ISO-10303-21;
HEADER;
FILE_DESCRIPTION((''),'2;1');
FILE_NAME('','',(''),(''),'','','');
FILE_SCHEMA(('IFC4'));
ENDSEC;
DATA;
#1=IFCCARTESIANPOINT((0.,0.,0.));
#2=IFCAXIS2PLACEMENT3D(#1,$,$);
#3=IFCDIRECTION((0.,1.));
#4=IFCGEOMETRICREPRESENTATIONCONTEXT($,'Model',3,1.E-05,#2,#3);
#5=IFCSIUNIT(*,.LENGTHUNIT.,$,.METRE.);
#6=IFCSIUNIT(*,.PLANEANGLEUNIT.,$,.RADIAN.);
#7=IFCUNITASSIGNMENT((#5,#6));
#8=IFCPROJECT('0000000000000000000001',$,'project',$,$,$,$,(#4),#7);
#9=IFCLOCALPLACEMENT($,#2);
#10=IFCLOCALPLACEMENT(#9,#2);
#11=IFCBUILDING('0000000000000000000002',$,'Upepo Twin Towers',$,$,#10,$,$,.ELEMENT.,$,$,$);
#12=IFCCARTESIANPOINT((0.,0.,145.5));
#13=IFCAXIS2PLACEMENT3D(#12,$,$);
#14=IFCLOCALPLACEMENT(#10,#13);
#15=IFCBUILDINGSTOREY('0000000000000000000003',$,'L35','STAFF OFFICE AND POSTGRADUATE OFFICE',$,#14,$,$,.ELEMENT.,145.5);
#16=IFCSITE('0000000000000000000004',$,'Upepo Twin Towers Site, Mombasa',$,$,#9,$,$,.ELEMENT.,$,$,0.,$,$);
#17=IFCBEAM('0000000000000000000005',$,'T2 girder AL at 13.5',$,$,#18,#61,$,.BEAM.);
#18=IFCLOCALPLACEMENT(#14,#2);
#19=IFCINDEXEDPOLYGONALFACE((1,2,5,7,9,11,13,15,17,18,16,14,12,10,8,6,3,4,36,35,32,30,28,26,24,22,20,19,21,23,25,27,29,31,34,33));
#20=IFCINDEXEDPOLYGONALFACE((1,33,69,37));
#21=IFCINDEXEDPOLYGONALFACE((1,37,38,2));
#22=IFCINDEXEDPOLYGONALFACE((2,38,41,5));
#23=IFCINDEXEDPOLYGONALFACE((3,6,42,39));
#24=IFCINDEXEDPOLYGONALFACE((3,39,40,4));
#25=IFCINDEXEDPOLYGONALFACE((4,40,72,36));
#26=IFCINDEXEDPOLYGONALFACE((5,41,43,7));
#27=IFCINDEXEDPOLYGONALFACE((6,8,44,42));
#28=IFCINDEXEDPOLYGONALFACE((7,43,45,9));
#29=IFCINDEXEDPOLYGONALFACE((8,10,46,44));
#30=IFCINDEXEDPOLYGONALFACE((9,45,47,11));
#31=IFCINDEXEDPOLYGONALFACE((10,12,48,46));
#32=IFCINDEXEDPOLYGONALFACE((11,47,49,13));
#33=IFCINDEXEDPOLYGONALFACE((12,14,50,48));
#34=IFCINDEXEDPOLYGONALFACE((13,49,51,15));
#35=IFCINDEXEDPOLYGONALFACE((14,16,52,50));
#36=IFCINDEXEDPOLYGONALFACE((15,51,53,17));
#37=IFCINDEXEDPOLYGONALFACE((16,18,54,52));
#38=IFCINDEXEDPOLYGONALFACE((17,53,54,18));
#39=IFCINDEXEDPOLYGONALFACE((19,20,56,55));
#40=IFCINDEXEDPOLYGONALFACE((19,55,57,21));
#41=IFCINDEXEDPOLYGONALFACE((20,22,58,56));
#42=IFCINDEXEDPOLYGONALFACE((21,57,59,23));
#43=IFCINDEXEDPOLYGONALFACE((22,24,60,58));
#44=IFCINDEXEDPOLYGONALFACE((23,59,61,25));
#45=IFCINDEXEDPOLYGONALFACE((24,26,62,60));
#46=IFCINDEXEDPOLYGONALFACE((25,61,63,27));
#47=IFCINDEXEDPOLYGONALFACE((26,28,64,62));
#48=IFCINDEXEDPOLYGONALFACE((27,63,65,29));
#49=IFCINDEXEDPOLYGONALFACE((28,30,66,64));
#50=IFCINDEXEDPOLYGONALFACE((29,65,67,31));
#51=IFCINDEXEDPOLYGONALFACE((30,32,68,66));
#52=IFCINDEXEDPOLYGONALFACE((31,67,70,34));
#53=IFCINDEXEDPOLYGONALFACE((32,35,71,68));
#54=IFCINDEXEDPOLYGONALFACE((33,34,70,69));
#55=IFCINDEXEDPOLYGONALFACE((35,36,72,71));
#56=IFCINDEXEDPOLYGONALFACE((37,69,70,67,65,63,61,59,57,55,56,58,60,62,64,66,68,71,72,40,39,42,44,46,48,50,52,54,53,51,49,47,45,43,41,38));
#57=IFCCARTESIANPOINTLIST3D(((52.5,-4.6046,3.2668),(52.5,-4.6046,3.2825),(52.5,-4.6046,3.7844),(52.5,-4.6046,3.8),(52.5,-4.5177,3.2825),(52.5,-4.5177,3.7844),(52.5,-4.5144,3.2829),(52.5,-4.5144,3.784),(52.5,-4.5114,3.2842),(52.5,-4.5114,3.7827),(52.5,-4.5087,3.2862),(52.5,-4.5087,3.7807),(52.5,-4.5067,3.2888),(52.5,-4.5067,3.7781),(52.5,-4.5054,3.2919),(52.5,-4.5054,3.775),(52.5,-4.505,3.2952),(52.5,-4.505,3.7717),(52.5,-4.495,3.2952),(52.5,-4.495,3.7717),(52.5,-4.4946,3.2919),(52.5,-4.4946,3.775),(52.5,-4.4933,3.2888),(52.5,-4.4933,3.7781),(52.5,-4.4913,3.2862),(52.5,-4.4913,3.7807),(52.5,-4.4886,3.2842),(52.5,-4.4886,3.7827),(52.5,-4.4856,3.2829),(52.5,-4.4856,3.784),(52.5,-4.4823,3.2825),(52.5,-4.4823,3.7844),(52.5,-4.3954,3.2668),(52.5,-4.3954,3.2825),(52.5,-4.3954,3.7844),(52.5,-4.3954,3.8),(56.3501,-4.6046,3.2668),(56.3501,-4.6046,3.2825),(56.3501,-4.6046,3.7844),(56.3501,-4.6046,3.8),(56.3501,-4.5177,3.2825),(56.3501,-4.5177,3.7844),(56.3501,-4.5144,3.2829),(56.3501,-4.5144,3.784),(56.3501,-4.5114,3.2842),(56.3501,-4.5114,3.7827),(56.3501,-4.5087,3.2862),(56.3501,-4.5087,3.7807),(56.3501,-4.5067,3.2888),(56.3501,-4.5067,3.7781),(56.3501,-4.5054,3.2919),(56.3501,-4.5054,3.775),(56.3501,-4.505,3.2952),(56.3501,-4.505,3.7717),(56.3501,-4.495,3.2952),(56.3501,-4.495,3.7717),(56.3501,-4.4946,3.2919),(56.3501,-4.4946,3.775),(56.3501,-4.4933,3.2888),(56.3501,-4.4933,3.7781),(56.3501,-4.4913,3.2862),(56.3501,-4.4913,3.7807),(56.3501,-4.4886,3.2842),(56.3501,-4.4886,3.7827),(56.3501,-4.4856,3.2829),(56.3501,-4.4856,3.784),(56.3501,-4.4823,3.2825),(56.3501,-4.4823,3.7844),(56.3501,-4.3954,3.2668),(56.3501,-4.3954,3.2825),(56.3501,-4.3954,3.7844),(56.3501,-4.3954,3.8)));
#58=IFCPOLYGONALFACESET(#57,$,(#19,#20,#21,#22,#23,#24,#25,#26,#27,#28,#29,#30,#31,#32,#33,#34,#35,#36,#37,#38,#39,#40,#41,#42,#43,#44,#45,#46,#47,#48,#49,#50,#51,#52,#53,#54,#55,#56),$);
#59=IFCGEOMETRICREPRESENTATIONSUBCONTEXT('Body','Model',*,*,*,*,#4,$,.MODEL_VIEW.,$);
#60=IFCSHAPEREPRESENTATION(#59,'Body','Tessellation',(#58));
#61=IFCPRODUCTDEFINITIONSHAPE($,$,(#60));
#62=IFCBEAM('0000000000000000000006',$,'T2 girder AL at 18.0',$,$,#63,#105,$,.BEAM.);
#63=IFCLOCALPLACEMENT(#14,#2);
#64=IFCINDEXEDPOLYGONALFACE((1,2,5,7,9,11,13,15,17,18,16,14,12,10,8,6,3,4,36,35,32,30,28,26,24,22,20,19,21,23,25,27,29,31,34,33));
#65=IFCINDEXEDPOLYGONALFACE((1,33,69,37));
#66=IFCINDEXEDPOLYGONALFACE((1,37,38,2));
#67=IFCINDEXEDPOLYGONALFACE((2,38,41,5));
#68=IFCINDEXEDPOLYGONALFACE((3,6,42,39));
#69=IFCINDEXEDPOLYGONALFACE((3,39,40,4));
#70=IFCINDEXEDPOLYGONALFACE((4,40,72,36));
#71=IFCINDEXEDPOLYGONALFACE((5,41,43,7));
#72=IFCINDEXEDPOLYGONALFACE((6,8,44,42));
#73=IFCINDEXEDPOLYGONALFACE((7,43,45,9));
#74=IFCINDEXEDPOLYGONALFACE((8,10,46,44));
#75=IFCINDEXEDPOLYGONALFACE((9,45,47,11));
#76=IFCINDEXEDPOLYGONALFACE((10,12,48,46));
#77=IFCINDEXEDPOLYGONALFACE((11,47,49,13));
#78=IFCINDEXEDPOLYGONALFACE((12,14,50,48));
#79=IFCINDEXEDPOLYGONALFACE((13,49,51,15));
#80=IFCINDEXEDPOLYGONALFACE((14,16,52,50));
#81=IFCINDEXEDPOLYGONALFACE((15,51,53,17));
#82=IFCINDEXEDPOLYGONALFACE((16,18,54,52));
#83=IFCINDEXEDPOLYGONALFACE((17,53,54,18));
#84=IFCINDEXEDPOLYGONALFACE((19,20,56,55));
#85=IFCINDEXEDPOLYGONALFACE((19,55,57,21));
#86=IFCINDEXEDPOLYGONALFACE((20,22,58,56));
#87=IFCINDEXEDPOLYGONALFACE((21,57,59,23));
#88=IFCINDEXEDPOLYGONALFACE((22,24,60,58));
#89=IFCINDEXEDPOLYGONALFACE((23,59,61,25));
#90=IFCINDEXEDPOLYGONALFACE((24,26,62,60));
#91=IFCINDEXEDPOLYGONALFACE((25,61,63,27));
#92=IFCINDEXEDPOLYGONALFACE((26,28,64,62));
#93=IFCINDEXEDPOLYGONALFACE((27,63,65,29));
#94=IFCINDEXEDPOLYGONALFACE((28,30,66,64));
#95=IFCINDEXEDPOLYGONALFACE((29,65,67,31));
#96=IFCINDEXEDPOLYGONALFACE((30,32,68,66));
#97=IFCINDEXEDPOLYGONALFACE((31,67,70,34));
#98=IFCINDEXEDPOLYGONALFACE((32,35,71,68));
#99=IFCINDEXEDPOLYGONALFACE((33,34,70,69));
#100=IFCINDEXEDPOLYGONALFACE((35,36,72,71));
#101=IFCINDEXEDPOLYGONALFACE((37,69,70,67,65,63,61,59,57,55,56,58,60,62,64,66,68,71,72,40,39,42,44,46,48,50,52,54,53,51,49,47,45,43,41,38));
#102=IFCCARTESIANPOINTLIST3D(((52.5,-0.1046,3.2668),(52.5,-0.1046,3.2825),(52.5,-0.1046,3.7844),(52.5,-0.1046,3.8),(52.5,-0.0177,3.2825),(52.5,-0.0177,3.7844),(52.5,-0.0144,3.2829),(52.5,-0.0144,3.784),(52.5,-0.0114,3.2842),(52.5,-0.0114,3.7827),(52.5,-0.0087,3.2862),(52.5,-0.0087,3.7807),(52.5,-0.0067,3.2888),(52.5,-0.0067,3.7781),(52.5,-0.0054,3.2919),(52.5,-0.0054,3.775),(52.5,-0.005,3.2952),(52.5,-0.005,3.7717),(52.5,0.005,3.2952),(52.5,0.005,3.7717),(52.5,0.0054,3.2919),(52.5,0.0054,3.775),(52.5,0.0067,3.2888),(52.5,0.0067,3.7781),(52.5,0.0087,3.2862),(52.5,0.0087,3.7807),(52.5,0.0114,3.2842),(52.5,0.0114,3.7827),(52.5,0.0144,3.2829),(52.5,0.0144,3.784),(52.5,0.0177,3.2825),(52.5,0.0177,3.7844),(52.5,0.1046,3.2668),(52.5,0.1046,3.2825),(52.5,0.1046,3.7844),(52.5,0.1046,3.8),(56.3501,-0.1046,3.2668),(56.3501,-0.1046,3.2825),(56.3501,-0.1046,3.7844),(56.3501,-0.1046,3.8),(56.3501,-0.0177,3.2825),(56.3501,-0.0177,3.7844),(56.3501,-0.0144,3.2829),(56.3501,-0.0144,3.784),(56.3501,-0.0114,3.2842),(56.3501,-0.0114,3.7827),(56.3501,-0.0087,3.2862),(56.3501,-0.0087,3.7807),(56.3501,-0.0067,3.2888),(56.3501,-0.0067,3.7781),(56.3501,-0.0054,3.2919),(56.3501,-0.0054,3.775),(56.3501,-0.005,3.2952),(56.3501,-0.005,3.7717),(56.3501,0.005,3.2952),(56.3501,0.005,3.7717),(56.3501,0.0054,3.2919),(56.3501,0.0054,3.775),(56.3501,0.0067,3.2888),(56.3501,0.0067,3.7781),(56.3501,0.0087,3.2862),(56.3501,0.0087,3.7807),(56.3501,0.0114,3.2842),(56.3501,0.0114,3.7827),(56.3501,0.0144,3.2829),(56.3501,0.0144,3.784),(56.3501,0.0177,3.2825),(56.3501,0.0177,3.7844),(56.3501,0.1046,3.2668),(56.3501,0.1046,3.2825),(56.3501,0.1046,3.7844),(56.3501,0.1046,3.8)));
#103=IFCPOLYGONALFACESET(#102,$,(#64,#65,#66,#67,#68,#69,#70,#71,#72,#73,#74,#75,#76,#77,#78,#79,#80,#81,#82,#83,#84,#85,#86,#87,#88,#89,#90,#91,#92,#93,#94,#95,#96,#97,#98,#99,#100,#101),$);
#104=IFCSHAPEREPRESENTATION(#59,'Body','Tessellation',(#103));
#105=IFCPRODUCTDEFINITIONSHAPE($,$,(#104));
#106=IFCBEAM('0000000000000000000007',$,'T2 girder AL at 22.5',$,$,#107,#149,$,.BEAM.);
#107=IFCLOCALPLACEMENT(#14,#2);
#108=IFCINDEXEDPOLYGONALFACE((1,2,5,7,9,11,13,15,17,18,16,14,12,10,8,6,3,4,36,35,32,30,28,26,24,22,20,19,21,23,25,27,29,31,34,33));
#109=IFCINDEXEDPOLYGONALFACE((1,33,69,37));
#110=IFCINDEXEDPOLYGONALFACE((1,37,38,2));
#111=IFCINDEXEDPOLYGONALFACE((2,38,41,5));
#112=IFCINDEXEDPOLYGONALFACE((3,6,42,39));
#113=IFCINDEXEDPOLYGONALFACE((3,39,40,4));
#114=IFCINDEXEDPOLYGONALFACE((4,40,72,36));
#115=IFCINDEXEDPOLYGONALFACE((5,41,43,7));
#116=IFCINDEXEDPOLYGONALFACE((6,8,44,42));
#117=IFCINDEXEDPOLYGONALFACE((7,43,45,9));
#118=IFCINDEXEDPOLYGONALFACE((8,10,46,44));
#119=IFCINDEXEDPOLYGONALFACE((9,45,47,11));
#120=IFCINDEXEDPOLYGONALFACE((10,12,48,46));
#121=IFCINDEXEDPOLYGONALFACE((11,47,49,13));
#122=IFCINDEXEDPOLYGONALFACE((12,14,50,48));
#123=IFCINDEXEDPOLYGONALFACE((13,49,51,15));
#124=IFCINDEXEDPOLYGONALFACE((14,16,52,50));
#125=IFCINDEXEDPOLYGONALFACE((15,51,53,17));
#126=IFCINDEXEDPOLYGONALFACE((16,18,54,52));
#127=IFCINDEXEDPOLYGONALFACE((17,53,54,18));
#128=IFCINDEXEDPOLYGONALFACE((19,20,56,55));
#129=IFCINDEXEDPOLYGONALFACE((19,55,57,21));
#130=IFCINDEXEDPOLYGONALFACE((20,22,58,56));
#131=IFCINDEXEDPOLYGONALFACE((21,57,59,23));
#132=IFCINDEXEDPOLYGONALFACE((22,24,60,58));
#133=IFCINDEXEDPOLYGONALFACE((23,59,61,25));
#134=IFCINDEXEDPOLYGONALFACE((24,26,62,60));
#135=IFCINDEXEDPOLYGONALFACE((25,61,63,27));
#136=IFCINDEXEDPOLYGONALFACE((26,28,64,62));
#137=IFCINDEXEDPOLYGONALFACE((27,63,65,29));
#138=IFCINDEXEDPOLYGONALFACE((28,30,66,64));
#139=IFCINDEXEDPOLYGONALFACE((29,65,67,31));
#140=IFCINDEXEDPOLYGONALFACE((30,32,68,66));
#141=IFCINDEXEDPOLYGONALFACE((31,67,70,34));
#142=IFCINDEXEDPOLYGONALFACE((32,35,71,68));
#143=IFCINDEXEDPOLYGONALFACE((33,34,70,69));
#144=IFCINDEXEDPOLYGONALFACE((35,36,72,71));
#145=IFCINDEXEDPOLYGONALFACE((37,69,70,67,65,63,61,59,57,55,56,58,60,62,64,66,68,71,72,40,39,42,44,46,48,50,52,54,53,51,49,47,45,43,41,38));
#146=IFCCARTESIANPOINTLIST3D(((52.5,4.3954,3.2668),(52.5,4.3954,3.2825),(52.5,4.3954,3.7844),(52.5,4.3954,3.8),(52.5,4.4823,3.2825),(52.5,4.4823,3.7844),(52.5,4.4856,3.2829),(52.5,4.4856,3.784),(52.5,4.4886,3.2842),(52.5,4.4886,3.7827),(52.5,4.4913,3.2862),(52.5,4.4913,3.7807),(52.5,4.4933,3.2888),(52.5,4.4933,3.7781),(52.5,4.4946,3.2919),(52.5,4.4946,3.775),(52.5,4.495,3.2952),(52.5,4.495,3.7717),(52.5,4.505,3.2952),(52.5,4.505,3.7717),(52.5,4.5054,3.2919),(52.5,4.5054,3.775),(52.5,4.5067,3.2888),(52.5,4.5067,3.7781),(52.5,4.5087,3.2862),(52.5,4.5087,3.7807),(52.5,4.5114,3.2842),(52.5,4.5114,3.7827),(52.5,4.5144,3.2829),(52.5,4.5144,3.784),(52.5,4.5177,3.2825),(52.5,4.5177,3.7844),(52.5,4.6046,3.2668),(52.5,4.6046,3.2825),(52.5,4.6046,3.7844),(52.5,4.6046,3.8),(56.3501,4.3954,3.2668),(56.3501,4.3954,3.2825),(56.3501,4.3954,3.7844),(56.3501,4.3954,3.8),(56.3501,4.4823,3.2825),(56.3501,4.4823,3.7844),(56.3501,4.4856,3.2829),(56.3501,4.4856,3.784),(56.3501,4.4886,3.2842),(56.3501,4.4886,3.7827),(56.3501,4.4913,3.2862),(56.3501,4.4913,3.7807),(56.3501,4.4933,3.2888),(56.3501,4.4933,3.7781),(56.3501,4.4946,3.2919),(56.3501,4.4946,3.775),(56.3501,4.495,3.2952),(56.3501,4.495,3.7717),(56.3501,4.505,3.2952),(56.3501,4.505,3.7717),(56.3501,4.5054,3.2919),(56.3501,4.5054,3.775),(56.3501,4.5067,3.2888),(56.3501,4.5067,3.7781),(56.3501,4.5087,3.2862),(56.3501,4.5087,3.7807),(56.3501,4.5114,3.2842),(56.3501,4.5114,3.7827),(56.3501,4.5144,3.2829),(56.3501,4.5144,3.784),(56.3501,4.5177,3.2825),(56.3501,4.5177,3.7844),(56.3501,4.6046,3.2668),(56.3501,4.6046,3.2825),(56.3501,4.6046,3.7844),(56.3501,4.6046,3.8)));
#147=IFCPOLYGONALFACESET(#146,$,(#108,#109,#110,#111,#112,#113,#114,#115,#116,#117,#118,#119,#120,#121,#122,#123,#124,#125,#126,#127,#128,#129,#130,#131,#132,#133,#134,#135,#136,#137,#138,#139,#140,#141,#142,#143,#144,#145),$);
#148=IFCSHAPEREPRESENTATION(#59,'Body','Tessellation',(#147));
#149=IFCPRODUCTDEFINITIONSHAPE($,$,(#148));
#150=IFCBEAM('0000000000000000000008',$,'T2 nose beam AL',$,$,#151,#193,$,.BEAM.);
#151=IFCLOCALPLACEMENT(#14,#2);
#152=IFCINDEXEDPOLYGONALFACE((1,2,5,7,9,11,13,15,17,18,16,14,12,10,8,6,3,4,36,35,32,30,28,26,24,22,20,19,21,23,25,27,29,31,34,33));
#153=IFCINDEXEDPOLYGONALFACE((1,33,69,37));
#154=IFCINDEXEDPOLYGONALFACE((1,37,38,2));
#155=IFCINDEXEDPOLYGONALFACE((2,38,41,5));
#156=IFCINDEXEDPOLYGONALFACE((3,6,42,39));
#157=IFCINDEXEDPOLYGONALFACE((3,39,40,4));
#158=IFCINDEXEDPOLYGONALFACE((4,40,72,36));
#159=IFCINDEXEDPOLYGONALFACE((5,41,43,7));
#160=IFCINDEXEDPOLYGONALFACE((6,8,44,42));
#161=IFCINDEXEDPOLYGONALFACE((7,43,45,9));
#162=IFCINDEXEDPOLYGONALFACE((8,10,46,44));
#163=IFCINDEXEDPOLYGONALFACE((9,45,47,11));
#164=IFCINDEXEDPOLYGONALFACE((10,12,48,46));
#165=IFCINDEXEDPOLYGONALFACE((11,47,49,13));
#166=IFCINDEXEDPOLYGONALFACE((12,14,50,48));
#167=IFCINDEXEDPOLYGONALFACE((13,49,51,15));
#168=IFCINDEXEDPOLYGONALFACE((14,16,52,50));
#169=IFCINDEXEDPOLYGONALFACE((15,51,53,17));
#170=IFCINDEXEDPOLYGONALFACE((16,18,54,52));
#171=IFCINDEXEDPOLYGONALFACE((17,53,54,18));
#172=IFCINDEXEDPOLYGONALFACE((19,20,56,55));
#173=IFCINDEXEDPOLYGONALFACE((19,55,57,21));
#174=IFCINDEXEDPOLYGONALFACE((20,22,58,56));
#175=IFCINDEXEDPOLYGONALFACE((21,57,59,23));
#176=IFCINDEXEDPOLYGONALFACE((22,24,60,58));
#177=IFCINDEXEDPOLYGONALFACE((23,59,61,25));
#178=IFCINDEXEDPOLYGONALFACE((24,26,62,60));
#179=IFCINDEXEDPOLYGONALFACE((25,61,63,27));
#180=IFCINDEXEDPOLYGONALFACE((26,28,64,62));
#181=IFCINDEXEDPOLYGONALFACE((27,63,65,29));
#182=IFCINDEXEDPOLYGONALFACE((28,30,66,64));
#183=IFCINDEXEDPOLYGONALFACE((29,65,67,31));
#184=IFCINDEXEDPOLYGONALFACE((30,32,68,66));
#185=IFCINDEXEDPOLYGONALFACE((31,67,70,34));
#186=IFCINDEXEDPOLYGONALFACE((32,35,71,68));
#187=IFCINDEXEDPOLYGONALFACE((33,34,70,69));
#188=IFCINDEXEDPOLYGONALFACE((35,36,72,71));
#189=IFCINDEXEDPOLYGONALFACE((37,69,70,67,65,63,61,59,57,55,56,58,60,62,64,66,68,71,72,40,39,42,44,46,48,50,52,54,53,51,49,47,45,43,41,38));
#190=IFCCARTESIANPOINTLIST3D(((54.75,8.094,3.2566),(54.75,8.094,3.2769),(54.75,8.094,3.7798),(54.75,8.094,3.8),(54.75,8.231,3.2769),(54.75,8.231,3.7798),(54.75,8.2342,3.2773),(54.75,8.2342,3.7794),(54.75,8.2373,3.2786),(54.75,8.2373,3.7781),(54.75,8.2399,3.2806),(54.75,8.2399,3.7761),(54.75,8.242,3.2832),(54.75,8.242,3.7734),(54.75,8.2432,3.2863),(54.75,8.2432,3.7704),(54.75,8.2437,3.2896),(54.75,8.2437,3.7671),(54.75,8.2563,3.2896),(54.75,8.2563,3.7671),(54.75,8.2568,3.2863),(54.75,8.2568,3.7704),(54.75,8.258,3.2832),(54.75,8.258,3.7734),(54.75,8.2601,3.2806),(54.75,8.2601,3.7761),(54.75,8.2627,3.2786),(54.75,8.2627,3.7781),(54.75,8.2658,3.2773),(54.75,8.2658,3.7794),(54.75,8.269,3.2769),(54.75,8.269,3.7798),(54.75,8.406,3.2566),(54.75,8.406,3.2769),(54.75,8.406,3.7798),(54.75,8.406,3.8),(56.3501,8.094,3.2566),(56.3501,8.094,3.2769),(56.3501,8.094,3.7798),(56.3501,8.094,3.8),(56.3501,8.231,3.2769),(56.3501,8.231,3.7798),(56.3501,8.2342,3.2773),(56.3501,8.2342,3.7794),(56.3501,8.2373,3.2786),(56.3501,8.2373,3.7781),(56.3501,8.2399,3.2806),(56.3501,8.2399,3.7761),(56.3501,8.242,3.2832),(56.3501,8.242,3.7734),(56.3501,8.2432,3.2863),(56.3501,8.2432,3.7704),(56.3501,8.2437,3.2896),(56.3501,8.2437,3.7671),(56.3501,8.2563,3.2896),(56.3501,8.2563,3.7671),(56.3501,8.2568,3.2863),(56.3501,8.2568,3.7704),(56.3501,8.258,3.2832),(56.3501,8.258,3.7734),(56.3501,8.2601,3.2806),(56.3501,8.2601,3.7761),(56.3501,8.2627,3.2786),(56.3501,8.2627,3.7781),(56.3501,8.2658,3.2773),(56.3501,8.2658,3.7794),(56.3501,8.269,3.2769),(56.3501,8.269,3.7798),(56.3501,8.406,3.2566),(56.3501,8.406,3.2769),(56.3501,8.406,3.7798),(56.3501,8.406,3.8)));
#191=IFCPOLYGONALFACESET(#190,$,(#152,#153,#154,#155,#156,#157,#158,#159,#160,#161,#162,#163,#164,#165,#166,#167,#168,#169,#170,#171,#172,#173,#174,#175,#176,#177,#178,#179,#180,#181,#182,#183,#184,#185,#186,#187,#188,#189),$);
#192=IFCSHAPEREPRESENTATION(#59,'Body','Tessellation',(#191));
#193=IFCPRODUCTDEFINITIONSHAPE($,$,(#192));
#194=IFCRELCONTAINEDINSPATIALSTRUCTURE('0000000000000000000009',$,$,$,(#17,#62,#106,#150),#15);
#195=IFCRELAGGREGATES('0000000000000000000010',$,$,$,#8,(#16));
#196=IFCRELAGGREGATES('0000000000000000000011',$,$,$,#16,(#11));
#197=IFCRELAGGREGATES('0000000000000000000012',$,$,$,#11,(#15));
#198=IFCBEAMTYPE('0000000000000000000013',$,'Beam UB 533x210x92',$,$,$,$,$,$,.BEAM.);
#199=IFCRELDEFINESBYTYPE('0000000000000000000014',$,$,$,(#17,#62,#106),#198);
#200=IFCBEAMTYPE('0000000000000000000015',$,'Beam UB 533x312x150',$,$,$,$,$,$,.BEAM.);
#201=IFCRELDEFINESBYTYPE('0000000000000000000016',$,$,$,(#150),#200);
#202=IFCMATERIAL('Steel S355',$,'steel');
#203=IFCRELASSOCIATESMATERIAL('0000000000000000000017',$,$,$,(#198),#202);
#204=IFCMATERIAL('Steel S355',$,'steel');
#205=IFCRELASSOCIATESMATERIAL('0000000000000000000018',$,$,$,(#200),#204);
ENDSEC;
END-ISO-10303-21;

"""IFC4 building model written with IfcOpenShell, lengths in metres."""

from ifc_helpers import new_model, si_unit, direction, frame, origin, origin_2d, place, context, subcontext, project, spatial, i_section, extrude, material, material_profile, profile_set, type_object, element, save


model = new_model("IFC4")

# Units and contexts
model_context = context("Model", 3, precision=1e-05, world=origin(), true_north=direction((0.0, 1.0)))
body_context = subcontext(model_context, "Body", "Model", "MODEL_VIEW")
ifc_project = project(units=[si_unit("LENGTHUNIT", "METRE"), si_unit("PLANEANGLEUNIT", "RADIAN")], contexts=[model_context])

# Site, building, storey
site_placement = place(None, origin())
site = spatial("IfcSite", under=ifc_project, at=site_placement, Name="Upepo Twin Towers Site, Mombasa", CompositionType="ELEMENT", RefElevation=0.0)
building_placement = place(site_placement, origin())
building = spatial("IfcBuilding", under=site, at=building_placement, Name="Upepo Twin Towers", CompositionType="ELEMENT")
storey_placement = place(building_placement, frame((0.0, 0.0, 145.5)))
storey = spatial("IfcBuildingStorey", under=building, at=storey_placement, Name="L35", Description="STAFF OFFICE AND POSTGRADUATE OFFICE", CompositionType="ELEMENT", Elevation=145.5)

# Beams
ifc_material_1 = material(Name="Steel S355", Category="steel")
ifc_material_profile_1 = material_profile(ifc_material_1, i_section(OverallWidth=0.2092, OverallDepth=0.5332, WebThickness=0.01, FlangeThickness=0.0156, FilletRadius=0.0127, at=origin_2d()), Name="UB 533x210x92")
ifc_profile_set_1 = profile_set([ifc_material_profile_1], Name="Steel S355")
beam_type_1 = type_object("IfcBeamType", Name="Beam UB 533x210x92", PredefinedType="BEAM", material=ifc_profile_set_1)
for number, where, z_axis, x_axis, name in (
    (1, (52.5, -4.5, 3.5334), (1.0, 0.0, 0.0), (0.0, 1.0, 0.0), "T2 girder AL at 13.5"),
    (2, (52.5, 0.0, 3.5334), (1.0, 0.0, 0.0), (0.0, 1.0, 0.0), "T2 girder AL at 18.0"),
    (3, (52.5, 4.5, 3.5334), (1.0, 0.0, 0.0), (0.0, 1.0, 0.0), "T2 girder AL at 22.5"),
):
    element("IfcBeam", number, at=place(storey_placement, frame(where, z_axis=z_axis, x_axis=x_axis)), inside=storey, type_object=beam_type_1, Name=name, PredefinedType="BEAM", context=body_context, shape_type="SweptSolid", body=[
        extrude(i_section(OverallWidth=0.2092, OverallDepth=0.5332, WebThickness=0.01, FlangeThickness=0.0156, FilletRadius=0.0127, at=origin_2d()), origin(), (0.0, 0.0, 1.0), 3.8501),
    ])
ifc_material_2 = material(Name="Steel S355", Category="steel")
ifc_material_profile_2 = material_profile(ifc_material_2, i_section(OverallWidth=0.312, OverallDepth=0.5435, WebThickness=0.0127, FlangeThickness=0.0203, FilletRadius=0.0127, at=origin_2d()), Name="UB 533x312x150")
ifc_profile_set_2 = profile_set([ifc_material_profile_2], Name="Steel S355")
beam_type_2 = type_object("IfcBeamType", Name="Beam UB 533x312x150", PredefinedType="BEAM", material=ifc_profile_set_2)
beam_1_placement = place(storey_placement, frame((54.75, 8.25, 3.5283), z_axis=(1.0, 0.0, 0.0), x_axis=(0.0, 1.0, 0.0)))
element("IfcBeam", 4, at=beam_1_placement, inside=storey, type_object=beam_type_2, Name="T2 nose beam AL", PredefinedType="BEAM", context=body_context, shape_type="SweptSolid", body=[
    extrude(i_section(OverallWidth=0.312, OverallDepth=0.5435, WebThickness=0.0127, FlangeThickness=0.0203, FilletRadius=0.0127, at=origin_2d()), origin(), (0.0, 0.0, 1.0), 1.6001),
])

save(model, "model.ifc")
